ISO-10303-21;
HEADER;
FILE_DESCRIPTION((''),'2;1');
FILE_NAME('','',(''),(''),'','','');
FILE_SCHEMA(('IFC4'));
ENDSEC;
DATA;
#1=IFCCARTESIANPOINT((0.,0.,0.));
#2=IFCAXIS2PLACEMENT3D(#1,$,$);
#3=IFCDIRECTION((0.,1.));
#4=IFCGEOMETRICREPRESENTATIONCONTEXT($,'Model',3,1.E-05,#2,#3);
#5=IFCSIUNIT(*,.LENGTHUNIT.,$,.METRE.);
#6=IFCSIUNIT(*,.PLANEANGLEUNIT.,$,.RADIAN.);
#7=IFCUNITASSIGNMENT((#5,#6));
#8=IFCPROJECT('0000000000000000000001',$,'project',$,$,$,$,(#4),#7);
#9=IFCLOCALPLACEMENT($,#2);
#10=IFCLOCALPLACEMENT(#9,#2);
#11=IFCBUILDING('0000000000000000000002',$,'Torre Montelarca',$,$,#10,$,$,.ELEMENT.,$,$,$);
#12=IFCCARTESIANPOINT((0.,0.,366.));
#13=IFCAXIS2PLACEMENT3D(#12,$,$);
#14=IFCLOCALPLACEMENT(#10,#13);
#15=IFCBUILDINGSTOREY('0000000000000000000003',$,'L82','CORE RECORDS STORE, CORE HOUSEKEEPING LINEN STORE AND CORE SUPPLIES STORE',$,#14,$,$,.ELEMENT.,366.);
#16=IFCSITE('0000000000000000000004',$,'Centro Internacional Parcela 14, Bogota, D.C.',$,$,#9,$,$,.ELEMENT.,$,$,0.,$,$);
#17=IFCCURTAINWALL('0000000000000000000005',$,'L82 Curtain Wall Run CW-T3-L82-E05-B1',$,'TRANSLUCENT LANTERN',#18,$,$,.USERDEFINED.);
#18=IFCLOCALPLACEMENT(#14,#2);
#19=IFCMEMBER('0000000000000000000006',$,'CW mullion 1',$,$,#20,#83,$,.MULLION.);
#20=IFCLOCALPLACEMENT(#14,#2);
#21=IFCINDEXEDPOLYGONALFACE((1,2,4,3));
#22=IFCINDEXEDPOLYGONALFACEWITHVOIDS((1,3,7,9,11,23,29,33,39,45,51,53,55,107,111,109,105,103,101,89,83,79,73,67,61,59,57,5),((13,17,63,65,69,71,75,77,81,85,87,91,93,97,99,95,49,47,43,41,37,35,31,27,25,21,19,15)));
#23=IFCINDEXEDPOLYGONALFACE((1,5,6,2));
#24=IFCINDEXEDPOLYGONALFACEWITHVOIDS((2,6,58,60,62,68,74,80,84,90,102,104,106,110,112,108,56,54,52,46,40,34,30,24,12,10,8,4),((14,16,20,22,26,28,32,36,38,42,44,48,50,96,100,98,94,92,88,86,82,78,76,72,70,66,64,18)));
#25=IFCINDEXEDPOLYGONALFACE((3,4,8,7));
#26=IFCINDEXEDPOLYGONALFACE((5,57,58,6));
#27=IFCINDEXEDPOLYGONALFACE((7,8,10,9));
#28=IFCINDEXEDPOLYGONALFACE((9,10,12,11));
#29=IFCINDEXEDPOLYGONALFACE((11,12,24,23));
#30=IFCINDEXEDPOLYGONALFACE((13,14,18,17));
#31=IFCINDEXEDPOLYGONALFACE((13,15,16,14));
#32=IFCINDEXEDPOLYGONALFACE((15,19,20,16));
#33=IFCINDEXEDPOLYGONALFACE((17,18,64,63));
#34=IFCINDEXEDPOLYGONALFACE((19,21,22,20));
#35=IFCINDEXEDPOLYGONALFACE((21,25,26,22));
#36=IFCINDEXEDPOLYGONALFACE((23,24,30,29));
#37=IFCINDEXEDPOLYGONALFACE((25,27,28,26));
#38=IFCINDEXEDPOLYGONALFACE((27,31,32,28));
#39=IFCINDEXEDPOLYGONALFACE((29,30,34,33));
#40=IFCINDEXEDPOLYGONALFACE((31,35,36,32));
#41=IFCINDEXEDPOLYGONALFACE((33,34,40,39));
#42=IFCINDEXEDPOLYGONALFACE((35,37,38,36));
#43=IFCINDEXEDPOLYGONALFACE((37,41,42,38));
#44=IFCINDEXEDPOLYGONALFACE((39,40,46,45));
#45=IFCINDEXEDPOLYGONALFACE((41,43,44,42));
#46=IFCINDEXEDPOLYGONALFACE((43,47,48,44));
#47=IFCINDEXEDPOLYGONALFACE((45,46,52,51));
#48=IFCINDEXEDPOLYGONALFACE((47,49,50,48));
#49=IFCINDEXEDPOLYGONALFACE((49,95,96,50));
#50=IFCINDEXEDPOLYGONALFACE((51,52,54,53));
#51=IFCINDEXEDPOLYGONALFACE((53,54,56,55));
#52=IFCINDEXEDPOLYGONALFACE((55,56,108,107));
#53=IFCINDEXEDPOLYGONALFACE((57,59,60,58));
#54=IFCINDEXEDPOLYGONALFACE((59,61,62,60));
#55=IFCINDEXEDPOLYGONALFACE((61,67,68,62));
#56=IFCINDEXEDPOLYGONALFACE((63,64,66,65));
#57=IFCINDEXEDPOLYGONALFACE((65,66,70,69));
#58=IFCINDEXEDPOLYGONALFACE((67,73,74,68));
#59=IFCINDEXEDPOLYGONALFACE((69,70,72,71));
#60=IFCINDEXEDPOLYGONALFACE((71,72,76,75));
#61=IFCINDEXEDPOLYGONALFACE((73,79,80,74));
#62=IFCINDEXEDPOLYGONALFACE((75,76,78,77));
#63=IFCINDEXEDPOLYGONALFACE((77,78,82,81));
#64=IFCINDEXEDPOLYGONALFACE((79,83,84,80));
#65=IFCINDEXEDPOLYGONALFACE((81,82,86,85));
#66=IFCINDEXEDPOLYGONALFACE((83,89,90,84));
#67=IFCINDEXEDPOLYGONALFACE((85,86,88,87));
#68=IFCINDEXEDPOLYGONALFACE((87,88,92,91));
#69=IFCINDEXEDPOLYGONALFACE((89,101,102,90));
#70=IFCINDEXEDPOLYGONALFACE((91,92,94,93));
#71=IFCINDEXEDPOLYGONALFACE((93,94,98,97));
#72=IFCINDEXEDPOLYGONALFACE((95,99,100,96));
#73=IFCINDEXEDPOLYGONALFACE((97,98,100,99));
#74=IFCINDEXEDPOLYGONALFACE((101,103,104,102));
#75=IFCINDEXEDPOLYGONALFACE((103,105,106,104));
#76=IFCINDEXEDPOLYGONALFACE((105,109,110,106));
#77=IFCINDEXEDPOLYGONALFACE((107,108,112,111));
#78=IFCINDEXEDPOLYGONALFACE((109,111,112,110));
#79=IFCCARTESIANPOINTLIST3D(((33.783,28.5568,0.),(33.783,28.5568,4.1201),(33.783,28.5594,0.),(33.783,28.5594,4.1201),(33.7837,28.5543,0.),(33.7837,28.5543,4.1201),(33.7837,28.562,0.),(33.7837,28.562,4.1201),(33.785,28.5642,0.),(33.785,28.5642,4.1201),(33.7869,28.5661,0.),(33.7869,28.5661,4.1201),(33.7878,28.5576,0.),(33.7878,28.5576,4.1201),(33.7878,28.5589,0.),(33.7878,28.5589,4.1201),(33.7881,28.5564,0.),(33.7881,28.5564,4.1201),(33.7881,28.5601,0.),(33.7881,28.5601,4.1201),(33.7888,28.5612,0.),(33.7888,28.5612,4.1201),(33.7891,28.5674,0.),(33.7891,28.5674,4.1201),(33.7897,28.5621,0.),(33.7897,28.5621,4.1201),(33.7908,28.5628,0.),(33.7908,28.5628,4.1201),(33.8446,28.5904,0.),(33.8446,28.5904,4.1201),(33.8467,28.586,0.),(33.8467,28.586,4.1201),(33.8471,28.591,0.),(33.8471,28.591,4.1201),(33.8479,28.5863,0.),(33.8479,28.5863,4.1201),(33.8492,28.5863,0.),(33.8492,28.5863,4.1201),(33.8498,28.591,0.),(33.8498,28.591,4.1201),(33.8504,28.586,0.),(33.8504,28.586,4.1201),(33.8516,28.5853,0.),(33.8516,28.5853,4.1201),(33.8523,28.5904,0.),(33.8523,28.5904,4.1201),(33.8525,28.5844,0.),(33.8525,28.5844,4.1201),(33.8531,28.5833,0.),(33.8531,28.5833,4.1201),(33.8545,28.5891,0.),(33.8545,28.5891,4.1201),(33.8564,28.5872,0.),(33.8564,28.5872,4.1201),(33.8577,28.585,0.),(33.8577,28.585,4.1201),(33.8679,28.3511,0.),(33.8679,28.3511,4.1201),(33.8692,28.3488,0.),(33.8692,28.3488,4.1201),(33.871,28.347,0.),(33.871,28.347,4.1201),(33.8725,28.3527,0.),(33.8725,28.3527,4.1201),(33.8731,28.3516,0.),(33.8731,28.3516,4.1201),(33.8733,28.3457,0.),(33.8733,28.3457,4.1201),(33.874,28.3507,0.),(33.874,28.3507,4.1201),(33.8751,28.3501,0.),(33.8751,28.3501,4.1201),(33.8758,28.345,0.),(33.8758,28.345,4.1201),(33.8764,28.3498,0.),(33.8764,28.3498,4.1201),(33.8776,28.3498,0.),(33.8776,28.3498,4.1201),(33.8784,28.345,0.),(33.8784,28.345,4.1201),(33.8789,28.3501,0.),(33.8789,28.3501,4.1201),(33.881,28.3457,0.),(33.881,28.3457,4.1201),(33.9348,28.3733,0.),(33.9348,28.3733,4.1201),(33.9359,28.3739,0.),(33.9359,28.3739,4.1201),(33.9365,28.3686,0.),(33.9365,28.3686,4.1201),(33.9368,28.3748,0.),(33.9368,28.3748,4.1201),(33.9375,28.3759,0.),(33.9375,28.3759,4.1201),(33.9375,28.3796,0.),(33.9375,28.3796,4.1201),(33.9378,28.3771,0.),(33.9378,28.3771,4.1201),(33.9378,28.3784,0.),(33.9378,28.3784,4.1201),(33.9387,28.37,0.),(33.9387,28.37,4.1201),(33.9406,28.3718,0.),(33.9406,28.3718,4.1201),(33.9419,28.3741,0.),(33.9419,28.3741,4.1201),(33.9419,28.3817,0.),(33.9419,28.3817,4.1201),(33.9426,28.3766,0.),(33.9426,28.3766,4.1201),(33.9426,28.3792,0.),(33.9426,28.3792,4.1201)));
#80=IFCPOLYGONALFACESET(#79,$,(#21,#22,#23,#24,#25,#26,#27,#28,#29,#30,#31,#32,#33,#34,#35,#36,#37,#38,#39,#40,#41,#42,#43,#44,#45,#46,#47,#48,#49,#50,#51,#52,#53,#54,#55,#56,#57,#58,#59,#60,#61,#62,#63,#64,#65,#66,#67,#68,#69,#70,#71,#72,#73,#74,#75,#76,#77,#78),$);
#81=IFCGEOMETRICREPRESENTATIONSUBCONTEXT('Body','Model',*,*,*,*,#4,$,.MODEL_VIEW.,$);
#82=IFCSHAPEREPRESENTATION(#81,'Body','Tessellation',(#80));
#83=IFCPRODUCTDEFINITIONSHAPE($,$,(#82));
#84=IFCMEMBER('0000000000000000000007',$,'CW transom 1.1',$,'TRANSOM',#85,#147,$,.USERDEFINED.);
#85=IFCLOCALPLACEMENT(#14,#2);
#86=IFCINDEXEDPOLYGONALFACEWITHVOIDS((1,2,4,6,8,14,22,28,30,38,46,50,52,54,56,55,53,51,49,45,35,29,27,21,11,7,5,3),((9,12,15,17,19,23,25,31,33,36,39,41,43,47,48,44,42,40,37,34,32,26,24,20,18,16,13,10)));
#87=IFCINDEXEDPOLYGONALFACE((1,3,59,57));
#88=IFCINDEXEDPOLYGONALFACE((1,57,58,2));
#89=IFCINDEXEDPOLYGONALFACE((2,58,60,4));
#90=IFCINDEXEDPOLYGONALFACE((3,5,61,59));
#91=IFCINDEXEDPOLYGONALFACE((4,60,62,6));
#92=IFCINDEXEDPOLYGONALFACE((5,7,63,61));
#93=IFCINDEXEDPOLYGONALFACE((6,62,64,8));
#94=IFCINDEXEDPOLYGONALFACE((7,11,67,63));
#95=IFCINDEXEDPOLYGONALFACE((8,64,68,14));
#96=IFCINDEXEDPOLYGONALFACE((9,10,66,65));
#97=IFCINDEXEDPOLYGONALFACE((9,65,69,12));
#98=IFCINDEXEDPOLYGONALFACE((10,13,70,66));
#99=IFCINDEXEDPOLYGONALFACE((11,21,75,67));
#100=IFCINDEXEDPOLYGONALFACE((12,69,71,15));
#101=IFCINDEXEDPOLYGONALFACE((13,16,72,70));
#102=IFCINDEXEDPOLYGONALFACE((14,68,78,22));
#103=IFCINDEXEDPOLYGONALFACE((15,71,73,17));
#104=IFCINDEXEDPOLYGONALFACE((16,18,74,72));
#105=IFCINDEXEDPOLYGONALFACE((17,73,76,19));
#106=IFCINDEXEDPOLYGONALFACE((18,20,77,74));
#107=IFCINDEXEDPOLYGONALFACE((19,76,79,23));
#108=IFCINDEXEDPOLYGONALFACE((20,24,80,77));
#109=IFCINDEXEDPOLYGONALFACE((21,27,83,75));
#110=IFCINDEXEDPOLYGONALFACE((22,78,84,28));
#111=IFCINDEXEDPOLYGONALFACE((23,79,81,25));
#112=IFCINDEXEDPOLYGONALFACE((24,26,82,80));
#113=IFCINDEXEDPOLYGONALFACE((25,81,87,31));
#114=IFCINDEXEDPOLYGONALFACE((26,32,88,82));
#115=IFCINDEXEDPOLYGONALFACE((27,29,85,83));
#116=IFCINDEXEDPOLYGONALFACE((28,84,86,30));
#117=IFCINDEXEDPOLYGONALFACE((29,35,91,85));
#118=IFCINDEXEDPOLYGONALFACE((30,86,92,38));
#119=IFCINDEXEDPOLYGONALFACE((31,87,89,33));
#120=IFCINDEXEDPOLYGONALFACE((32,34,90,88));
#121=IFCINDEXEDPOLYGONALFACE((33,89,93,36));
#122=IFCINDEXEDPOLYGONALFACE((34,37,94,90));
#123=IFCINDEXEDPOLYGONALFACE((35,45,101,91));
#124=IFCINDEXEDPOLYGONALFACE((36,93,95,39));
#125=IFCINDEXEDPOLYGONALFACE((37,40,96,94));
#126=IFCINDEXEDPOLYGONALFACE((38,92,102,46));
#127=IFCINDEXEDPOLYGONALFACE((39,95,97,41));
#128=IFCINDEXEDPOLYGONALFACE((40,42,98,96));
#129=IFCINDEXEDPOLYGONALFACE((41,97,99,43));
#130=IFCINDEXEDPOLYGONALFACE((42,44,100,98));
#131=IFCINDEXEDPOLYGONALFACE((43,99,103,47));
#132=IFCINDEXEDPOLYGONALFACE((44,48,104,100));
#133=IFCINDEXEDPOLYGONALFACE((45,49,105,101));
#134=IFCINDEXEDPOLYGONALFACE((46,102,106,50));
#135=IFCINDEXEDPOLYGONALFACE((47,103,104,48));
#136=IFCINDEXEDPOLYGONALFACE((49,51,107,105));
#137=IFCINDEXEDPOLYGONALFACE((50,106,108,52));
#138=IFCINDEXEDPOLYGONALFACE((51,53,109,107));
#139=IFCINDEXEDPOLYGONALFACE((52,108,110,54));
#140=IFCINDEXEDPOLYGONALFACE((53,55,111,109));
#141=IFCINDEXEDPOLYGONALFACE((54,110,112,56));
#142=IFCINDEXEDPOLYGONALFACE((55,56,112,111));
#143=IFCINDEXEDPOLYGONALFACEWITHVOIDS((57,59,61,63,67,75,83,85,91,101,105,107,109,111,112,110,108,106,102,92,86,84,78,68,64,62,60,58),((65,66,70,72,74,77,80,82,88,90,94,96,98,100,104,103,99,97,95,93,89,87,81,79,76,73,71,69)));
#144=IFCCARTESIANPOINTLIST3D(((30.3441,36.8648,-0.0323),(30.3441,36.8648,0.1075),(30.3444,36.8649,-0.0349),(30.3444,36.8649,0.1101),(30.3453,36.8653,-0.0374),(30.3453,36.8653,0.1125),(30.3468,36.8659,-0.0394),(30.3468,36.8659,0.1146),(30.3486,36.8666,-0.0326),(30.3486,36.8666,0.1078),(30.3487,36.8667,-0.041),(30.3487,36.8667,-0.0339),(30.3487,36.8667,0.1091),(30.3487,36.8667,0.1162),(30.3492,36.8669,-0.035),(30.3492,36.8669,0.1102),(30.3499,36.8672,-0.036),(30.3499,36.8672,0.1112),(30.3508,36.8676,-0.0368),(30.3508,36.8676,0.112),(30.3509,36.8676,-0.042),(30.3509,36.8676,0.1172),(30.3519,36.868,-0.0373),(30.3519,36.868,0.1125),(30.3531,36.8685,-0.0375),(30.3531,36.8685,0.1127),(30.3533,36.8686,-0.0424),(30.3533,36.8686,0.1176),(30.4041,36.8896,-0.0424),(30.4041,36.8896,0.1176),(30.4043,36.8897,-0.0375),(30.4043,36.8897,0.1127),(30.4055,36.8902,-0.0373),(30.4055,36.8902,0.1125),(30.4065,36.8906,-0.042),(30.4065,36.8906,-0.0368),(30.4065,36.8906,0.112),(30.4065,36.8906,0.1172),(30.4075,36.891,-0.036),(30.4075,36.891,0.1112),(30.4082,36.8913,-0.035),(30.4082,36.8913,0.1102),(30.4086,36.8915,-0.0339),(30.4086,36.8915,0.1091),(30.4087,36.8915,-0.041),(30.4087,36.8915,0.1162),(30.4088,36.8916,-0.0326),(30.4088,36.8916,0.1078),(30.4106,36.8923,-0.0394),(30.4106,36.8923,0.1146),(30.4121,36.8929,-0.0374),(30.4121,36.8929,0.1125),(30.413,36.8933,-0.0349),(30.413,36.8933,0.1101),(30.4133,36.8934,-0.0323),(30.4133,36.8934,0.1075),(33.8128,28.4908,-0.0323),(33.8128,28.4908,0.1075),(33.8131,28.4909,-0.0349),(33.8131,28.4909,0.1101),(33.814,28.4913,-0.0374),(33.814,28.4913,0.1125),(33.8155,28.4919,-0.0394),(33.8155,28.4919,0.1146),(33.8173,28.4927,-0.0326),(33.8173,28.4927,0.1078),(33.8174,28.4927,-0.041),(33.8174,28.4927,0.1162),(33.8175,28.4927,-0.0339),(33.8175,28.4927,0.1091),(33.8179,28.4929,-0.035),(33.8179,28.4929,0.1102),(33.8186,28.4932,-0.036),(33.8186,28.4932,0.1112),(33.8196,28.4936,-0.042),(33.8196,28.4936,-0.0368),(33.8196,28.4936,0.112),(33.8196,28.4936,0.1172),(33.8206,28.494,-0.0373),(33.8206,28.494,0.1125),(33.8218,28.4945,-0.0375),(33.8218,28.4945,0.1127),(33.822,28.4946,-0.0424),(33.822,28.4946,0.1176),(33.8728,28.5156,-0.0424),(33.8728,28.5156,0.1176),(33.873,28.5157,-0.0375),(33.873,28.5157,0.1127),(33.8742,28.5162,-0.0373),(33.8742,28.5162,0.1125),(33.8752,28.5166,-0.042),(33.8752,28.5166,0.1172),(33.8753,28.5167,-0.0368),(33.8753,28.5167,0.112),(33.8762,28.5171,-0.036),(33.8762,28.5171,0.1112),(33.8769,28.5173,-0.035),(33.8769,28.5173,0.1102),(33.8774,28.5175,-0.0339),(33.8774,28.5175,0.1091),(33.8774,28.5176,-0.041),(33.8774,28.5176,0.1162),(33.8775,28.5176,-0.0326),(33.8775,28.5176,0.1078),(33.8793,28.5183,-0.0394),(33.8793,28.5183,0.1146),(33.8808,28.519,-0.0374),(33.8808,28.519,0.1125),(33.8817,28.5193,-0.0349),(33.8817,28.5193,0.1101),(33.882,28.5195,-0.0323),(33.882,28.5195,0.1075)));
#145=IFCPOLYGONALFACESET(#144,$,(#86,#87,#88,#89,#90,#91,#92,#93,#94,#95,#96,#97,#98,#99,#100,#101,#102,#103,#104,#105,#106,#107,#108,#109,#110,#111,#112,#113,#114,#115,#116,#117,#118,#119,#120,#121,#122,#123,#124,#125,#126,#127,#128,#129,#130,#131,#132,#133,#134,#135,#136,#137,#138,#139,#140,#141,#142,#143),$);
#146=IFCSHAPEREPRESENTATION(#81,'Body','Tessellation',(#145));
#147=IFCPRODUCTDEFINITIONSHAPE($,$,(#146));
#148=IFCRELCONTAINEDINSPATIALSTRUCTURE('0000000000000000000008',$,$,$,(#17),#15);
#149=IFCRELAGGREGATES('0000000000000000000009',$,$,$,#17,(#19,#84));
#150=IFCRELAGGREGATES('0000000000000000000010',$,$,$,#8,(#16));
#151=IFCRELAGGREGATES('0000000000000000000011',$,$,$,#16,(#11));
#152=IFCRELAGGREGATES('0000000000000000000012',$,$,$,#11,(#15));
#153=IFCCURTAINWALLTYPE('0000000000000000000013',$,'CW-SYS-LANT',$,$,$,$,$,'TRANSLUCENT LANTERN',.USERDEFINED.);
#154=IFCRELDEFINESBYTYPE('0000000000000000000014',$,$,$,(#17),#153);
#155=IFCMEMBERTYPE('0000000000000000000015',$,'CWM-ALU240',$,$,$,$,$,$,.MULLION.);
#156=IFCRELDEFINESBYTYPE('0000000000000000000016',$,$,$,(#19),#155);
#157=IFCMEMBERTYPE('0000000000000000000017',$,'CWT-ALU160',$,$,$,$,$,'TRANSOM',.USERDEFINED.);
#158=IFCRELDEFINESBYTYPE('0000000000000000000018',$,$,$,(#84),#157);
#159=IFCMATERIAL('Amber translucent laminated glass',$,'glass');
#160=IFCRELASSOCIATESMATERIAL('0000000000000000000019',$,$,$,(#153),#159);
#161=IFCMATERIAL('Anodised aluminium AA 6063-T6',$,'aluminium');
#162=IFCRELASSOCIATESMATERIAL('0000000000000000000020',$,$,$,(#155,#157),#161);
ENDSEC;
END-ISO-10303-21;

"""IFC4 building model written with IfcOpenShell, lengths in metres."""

from ifc_helpers import new_model, si_unit, direction, frame, origin, origin_2d, place, context, subcontext, project, spatial, hollow_rectangle, extrude, source, transform, mapped, material, material_profile, profile_set, type_object, element, aggregate, save


model = new_model("IFC4")

# Units and contexts
model_context = context("Model", 3, precision=1e-05, world=origin(), true_north=direction((0.0, 1.0)))
body_context = subcontext(model_context, "Body", "Model", "MODEL_VIEW")
ifc_project = project(units=[si_unit("LENGTHUNIT", "METRE"), si_unit("PLANEANGLEUNIT", "RADIAN")], contexts=[model_context])

# Site, building, storey
site_placement = place(None, origin())
site = spatial("IfcSite", under=ifc_project, at=site_placement, Name="Centro Internacional Parcela 14, Bogota, D.C.", CompositionType="ELEMENT", RefElevation=0.0)
building_placement = place(site_placement, origin())
building = spatial("IfcBuilding", under=site, at=building_placement, Name="Torre Montelarca", CompositionType="ELEMENT")
storey_placement = place(building_placement, frame((0.0, 0.0, 366.0)))
storey = spatial("IfcBuildingStorey", under=building, at=storey_placement, Name="L82", Description="CORE RECORDS STORE, CORE HOUSEKEEPING LINEN STORE AND CORE SUPPLIES STORE", CompositionType="ELEMENT", Elevation=366.0)

# Curtain wall, members
ifc_material_1 = material(Name="Amber translucent laminated glass", Category="glass")
curtain_wall_type = type_object("IfcCurtainWallType", Name="CW-SYS-LANT", ElementType="TRANSLUCENT LANTERN", PredefinedType="USERDEFINED", material=ifc_material_1)
ifc_material_2 = material(Name="Anodised aluminium AA 6063-T6", Category="aluminium")
ifc_material_profile_1 = material_profile(ifc_material_2, hollow_rectangle(XDim=0.0801, YDim=0.24, WallThickness=0.0049, InnerFilletRadius=0.0049, OuterFilletRadius=0.01, at=origin_2d()), Name="ALU80X240X5", Category="aluminium")
ifc_profile_set_1 = profile_set([ifc_material_profile_1], Name="Anodised aluminium AA 6063-T6")
member_type_1 = type_object("IfcMemberType", Name="CWM-ALU240", PredefinedType="MULLION", material=ifc_profile_set_1)
shared_shape_1 = source(origin(), body_context, "Body", "SweptSolid", [
    extrude(hollow_rectangle(XDim=0.0801, YDim=0.24, WallThickness=0.0049, InnerFilletRadius=0.0049, OuterFilletRadius=0.01, at=origin_2d()), origin(), (0.0, 0.0, 1.0), 4.1201),
])
curtain_wall_1_placement = place(storey_placement, origin())
curtain_wall_1 = element("IfcCurtainWall", 1, at=curtain_wall_1_placement, inside=storey, type_object=curtain_wall_type, Name="L82 Curtain Wall Run CW-T3-L82-E05-B1", ObjectType="TRANSLUCENT LANTERN", PredefinedType="USERDEFINED")
member_1_placement = place(storey_placement, frame((33.8628, 28.468, 0.0), z_axis=(0.0, 0.0, 1.0), x_axis=(-0.92388, -0.382683, 0.0)))
member_1 = element("IfcMember", 2, at=member_1_placement, type_object=member_type_1, Name="CW mullion 1", PredefinedType="MULLION", context=body_context, shape_type="MappedRepresentation", body=[
    mapped(shared_shape_1, transform((0.0, 0.0, 0.0), scale=1.0)),
])
ifc_material_profile_2 = material_profile(ifc_material_2, hollow_rectangle(XDim=0.075, YDim=0.1599, WallThickness=0.0049, InnerFilletRadius=0.0049, OuterFilletRadius=0.01, at=origin_2d()), Name="ALU75X160X5", Category="aluminium")
ifc_profile_set_2 = profile_set([ifc_material_profile_2], Name="Anodised aluminium AA 6063-T6")
member_type_2 = type_object("IfcMemberType", Name="CWT-ALU160", ElementType="TRANSOM", PredefinedType="USERDEFINED", material=ifc_profile_set_2)
shared_shape_2 = source(origin(), body_context, "Body", "SweptSolid", [
    extrude(hollow_rectangle(XDim=0.075, YDim=0.1599, WallThickness=0.0049, InnerFilletRadius=0.0049, OuterFilletRadius=0.01, at=origin_2d()), origin(), (0.0, 0.0, 1.0), 9.064),
])
member_2_placement = place(storey_placement, frame((33.8474, 28.5051, 0.0376), z_axis=(-0.382694, 0.923875, 0.0), x_axis=(-0.923875, -0.382694, 0.0)))
member_2 = element("IfcMember", 3, at=member_2_placement, type_object=member_type_2, Name="CW transom 1.1", ObjectType="TRANSOM", PredefinedType="USERDEFINED", context=body_context, shape_type="MappedRepresentation", body=[
    mapped(shared_shape_2, transform((0.0, 0.0, 0.0), scale=1.0)),
])
aggregate(curtain_wall_1, [member_1, member_2])

save(model, "model.ifc")
